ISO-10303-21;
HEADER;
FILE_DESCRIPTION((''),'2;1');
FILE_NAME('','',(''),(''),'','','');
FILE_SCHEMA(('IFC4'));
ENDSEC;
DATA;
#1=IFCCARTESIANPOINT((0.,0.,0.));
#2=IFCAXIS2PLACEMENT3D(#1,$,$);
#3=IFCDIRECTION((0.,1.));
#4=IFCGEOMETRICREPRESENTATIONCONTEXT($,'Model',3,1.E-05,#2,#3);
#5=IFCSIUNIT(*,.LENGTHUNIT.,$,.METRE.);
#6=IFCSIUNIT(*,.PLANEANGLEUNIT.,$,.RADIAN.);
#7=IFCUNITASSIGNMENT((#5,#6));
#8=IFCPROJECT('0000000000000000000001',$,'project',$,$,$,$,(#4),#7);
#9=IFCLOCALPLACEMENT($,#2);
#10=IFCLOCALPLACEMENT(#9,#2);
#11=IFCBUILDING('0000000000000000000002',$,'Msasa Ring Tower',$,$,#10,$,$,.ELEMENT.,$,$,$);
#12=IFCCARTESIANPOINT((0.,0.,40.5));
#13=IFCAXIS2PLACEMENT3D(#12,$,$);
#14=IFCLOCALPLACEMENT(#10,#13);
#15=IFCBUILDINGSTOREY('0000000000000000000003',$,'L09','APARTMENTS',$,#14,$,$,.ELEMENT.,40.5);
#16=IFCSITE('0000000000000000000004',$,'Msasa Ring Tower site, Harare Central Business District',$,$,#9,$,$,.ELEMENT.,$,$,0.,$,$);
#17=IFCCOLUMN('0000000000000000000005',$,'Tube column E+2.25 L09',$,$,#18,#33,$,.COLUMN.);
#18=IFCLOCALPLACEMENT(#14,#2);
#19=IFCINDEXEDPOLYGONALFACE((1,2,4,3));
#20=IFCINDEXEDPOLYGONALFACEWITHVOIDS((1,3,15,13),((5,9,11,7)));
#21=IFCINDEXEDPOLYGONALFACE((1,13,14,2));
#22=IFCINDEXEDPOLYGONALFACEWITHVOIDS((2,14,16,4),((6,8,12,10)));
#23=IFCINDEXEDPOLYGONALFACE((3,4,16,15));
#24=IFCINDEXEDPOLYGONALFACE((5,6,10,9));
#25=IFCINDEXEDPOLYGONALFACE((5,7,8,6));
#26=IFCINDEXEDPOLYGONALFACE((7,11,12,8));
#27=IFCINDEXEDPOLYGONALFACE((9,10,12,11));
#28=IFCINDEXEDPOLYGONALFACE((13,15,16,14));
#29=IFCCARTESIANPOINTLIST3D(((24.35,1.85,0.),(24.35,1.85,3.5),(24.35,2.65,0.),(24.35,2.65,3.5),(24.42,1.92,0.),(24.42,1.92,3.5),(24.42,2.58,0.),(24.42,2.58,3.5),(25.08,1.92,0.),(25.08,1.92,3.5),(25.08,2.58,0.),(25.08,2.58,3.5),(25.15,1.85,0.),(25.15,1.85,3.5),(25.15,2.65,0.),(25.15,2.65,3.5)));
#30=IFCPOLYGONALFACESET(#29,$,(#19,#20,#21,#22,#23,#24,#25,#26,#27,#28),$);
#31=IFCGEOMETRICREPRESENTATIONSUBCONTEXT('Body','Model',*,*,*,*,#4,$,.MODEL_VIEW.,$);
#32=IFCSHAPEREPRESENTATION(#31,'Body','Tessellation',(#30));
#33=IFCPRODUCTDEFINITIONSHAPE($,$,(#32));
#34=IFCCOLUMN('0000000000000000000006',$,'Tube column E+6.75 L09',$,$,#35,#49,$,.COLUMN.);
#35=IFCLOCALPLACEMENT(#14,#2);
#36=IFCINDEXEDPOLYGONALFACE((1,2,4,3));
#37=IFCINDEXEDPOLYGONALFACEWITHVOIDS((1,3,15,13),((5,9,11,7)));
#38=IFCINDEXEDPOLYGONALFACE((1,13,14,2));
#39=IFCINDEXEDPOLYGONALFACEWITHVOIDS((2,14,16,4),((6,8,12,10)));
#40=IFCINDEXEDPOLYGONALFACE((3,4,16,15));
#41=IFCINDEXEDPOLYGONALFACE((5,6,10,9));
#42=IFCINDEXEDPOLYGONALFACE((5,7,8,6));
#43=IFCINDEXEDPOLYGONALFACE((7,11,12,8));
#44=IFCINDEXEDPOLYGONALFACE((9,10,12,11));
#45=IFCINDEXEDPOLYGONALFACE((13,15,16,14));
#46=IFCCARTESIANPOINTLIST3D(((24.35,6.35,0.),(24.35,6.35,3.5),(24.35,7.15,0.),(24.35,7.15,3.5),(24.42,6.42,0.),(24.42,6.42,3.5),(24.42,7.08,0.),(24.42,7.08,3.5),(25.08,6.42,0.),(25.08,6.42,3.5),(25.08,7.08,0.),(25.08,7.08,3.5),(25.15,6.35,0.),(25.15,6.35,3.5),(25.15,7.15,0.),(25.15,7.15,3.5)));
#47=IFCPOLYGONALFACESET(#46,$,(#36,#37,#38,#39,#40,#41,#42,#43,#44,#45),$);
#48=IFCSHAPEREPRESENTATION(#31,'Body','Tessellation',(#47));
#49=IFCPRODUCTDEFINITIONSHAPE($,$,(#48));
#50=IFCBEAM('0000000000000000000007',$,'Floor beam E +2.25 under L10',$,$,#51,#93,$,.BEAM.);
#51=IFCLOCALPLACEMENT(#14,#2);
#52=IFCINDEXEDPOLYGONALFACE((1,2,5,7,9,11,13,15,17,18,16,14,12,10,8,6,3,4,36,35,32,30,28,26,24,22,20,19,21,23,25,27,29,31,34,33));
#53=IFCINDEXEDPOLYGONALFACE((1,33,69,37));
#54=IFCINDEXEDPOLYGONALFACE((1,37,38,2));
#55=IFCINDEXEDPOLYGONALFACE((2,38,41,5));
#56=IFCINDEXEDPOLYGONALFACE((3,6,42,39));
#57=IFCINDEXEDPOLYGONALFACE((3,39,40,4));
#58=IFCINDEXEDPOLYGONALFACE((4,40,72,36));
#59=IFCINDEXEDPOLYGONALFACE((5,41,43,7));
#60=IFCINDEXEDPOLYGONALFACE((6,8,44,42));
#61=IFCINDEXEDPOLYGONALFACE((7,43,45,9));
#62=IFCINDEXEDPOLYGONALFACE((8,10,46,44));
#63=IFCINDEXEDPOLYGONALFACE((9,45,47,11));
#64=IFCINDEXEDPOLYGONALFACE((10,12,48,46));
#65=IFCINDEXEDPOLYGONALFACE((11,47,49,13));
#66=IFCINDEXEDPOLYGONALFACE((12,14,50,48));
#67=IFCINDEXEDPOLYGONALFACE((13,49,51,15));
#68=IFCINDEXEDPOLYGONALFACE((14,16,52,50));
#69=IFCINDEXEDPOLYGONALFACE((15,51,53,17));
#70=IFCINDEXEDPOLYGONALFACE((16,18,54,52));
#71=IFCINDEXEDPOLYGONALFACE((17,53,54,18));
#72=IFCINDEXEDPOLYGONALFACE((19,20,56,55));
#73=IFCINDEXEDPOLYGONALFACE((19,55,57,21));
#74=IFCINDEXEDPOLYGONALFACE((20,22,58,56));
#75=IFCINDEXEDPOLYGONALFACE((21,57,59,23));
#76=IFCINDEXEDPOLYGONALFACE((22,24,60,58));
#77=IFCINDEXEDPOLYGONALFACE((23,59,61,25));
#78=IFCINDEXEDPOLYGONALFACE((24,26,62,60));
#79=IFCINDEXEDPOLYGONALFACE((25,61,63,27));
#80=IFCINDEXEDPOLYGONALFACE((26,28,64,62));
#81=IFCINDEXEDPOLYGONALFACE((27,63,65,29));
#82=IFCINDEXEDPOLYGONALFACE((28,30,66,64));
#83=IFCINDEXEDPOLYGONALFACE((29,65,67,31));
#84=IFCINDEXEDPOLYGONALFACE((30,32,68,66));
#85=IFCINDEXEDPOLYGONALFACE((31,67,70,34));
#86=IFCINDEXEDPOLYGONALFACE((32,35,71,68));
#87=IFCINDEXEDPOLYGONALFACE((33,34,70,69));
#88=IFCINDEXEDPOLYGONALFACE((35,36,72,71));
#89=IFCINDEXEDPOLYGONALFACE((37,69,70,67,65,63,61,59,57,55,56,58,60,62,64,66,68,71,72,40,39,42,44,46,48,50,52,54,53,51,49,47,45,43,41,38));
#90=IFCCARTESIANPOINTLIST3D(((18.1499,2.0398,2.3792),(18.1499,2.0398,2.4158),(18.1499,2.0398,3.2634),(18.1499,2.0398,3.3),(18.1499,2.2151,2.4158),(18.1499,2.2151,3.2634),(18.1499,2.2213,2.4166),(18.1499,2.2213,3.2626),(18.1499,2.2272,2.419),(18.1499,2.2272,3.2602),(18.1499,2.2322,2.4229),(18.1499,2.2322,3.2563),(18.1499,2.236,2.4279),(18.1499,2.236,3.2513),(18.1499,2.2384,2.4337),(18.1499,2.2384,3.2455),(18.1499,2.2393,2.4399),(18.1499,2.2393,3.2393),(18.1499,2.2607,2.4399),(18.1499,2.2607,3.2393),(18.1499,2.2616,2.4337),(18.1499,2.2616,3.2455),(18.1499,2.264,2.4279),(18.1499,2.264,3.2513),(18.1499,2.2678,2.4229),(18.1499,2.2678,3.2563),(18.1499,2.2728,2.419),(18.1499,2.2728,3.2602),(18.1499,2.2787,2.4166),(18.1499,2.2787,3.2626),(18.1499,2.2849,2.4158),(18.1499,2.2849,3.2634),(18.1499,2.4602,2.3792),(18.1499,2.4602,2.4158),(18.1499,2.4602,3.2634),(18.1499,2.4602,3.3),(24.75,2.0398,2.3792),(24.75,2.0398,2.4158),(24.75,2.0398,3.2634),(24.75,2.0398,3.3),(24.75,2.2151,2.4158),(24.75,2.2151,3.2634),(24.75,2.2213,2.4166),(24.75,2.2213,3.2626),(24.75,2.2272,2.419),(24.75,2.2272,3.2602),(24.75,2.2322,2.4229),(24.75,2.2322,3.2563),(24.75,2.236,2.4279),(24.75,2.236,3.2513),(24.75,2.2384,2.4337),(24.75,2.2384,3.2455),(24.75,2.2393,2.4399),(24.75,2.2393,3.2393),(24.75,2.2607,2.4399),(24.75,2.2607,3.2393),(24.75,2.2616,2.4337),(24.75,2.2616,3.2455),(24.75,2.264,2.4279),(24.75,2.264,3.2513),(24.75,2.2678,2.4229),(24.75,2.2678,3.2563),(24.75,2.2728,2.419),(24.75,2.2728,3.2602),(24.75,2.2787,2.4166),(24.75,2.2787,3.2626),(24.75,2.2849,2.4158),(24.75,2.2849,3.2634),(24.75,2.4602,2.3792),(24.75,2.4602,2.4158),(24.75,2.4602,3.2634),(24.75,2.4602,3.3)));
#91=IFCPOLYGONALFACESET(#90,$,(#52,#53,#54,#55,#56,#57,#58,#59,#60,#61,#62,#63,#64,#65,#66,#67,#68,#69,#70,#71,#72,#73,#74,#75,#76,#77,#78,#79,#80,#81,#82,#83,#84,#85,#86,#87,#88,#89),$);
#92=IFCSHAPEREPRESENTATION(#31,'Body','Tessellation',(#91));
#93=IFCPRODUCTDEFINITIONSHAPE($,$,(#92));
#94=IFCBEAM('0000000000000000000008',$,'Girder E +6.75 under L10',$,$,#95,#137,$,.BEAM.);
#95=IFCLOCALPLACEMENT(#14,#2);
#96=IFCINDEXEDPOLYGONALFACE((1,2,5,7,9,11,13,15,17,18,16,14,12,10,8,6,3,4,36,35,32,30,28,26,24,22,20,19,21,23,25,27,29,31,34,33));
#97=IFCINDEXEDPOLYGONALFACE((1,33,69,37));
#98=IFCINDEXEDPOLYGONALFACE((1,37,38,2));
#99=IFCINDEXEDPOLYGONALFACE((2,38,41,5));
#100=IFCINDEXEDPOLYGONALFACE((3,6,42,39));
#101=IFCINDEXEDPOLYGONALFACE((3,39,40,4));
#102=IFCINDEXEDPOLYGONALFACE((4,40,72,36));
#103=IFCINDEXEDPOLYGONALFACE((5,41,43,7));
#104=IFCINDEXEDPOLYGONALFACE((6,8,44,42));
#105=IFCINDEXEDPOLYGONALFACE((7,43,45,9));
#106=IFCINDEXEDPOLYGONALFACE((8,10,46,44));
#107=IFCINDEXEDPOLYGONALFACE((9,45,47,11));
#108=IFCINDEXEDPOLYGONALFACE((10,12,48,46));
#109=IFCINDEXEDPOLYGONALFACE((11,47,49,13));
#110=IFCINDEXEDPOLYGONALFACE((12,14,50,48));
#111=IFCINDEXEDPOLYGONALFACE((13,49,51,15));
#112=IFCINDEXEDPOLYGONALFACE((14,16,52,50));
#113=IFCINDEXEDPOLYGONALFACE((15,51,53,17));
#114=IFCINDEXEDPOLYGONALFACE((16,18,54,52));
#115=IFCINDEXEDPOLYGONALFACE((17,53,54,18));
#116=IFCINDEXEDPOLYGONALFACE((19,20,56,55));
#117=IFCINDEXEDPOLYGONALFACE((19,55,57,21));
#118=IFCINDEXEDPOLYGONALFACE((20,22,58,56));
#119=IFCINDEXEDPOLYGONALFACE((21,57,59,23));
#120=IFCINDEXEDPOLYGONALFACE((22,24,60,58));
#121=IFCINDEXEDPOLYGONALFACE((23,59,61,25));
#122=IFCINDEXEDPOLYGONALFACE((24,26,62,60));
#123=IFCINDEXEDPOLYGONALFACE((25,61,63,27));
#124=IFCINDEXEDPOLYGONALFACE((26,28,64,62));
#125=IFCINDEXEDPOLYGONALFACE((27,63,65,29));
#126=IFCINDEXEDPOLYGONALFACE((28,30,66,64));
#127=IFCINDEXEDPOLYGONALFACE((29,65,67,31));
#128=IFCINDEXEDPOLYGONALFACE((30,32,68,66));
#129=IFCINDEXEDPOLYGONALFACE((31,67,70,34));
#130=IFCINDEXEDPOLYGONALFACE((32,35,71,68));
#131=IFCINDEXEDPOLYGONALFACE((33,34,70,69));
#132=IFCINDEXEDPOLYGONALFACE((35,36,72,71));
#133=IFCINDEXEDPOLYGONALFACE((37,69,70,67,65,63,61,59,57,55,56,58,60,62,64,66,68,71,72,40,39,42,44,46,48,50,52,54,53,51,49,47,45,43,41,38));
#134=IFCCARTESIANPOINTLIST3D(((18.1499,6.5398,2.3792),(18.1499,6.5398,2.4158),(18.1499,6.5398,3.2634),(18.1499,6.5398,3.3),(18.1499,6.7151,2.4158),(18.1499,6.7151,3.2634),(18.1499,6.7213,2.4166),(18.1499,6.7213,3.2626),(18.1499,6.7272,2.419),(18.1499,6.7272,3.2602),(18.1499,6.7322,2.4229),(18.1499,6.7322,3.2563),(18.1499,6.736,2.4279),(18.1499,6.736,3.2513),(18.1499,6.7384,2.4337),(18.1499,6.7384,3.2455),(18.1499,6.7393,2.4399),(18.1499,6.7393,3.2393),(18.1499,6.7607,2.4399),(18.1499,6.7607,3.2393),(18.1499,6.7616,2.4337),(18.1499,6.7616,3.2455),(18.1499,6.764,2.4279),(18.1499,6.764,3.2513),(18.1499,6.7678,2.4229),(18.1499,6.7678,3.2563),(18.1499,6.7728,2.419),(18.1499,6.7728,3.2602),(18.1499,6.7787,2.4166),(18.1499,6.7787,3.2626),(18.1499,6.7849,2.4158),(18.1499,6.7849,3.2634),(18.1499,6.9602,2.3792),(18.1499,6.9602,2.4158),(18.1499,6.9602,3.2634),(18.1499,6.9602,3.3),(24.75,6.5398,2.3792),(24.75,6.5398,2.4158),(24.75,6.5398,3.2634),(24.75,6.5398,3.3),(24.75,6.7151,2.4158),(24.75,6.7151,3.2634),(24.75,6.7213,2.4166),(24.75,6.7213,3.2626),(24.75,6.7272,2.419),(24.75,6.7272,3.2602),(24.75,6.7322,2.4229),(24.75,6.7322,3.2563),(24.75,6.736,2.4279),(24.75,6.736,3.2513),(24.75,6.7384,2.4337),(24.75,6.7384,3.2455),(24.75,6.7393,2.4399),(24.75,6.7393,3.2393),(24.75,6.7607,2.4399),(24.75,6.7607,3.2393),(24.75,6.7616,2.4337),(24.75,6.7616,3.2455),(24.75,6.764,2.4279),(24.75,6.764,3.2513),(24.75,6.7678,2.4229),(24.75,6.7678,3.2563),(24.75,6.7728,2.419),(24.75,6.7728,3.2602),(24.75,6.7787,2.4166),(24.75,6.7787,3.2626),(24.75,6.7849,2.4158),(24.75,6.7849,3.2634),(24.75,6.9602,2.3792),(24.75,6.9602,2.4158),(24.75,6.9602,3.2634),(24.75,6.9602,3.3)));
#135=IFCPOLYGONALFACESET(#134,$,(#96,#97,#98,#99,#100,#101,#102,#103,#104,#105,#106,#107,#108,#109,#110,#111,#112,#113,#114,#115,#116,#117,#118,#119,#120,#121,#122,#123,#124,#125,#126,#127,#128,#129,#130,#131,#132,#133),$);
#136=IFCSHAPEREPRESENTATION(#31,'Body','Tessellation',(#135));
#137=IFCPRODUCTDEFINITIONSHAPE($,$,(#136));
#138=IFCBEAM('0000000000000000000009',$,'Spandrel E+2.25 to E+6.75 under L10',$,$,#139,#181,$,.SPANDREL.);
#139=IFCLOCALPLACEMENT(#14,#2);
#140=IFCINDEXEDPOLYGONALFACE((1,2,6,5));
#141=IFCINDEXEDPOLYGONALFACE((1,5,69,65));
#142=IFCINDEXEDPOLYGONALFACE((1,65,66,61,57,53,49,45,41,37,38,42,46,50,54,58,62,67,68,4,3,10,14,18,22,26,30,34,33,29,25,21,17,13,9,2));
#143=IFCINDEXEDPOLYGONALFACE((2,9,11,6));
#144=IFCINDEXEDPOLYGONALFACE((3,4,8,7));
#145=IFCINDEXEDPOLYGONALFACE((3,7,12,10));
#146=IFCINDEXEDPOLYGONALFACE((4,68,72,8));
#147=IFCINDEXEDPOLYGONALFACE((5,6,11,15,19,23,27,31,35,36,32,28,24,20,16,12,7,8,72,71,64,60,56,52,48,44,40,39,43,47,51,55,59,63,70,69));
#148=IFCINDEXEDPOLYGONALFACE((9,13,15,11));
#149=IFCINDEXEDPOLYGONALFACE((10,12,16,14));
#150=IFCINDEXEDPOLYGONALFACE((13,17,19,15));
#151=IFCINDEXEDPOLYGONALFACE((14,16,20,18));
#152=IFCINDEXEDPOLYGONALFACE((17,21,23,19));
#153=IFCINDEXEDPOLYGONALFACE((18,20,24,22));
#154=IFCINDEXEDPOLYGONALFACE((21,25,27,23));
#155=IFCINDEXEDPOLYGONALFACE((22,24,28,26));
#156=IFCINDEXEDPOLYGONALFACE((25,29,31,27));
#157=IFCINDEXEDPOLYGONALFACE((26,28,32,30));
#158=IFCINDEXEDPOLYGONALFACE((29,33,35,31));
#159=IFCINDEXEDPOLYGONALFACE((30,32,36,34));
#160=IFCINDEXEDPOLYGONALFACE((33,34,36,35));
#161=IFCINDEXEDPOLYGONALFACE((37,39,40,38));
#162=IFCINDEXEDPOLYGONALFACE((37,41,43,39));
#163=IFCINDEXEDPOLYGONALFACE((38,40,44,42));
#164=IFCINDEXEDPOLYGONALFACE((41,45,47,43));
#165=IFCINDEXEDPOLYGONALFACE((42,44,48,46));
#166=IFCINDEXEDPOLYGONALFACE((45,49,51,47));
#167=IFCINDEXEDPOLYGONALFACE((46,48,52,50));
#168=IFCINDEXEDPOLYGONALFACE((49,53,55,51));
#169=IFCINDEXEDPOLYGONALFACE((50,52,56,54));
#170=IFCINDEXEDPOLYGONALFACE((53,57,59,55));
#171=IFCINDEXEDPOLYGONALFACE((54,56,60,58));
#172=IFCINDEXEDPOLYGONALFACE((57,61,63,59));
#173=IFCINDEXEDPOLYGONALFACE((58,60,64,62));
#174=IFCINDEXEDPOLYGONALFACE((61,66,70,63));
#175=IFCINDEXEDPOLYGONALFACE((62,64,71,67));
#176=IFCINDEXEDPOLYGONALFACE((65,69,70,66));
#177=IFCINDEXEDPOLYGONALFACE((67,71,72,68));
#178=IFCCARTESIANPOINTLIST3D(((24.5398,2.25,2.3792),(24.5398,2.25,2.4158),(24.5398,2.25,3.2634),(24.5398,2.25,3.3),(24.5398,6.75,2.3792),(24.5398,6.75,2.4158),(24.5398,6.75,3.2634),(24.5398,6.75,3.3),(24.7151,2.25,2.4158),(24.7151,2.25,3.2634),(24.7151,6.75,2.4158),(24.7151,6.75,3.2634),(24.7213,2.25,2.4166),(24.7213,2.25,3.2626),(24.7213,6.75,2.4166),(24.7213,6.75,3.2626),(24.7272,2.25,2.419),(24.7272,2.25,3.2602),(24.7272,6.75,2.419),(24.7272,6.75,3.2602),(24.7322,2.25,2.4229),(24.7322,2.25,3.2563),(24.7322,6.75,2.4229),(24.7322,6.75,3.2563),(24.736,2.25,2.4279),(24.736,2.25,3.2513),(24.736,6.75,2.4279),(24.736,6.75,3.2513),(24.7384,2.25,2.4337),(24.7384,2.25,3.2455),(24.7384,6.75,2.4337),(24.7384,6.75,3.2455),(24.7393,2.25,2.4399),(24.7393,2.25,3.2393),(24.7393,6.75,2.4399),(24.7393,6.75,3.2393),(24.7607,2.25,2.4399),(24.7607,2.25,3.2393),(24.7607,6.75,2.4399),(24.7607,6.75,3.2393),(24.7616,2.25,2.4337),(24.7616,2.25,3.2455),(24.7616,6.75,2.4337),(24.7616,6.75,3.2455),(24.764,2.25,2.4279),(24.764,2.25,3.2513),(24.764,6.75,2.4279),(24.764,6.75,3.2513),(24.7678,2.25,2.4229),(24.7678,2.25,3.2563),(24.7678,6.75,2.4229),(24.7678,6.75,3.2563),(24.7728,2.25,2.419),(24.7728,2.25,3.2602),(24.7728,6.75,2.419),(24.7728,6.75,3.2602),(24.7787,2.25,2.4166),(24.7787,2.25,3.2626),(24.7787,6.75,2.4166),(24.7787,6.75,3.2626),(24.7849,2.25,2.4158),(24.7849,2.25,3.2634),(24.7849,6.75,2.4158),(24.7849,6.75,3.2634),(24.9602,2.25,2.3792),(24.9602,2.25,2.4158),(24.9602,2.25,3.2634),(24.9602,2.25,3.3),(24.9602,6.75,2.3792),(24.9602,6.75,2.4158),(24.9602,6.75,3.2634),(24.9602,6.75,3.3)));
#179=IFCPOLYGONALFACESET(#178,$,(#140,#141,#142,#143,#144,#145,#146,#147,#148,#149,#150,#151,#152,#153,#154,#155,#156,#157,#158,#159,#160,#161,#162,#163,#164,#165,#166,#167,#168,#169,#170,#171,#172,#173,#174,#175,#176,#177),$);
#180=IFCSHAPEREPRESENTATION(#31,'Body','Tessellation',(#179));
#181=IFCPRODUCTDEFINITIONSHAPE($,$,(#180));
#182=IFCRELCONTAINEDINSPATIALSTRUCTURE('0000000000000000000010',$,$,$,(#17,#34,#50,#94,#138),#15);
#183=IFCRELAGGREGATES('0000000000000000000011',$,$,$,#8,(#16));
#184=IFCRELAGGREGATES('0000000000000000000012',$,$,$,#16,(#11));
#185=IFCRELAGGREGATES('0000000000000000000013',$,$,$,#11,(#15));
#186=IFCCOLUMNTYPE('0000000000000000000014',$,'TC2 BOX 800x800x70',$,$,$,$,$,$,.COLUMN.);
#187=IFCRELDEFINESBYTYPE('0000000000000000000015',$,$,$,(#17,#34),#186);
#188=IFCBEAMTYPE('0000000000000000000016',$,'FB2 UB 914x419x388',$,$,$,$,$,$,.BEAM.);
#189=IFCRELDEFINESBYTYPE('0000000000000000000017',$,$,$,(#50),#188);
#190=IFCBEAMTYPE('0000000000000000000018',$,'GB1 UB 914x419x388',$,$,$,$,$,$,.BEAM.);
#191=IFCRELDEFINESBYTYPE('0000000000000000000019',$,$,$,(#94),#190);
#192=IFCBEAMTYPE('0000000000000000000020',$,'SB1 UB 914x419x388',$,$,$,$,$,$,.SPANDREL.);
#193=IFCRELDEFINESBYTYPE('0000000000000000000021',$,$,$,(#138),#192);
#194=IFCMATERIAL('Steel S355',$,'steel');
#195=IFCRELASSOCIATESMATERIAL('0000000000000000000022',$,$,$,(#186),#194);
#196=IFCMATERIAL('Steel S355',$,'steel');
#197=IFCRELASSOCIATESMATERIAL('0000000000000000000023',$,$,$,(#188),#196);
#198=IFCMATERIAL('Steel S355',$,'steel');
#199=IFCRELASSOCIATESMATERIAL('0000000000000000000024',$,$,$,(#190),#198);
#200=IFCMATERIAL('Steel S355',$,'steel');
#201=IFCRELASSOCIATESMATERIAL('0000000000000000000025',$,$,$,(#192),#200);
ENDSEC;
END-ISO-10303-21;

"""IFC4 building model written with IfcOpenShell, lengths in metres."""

from ifc_helpers import new_model, si_unit, direction, frame, origin, origin_2d, place, context, subcontext, project, spatial, hollow_rectangle, i_section, extrude, material, material_profile, profile_set, type_object, element, save


model = new_model("IFC4")

# Units and contexts
model_context = context("Model", 3, precision=1e-05, world=origin(), true_north=direction((0.0, 1.0)))
body_context = subcontext(model_context, "Body", "Model", "MODEL_VIEW")
ifc_project = project(units=[si_unit("LENGTHUNIT", "METRE"), si_unit("PLANEANGLEUNIT", "RADIAN")], contexts=[model_context])

# Site, building, storey
site_placement = place(None, origin())
site = spatial("IfcSite", under=ifc_project, at=site_placement, Name="Msasa Ring Tower site, Harare Central Business District", CompositionType="ELEMENT", RefElevation=0.0)
building_placement = place(site_placement, origin())
building = spatial("IfcBuilding", under=site, at=building_placement, Name="Msasa Ring Tower", CompositionType="ELEMENT")
storey_placement = place(building_placement, frame((0.0, 0.0, 40.5)))
storey = spatial("IfcBuildingStorey", under=building, at=storey_placement, Name="L09", Description="APARTMENTS", CompositionType="ELEMENT", Elevation=40.5)

# Columns
ifc_material_1 = material(Name="Steel S355", Category="steel")
ifc_material_profile_1 = material_profile(ifc_material_1, hollow_rectangle(XDim=0.8, YDim=0.8, WallThickness=0.0701, at=origin_2d()), Name="BOX 800x800x70")
ifc_profile_set_1 = profile_set([ifc_material_profile_1], Name="Steel S355")
column_type = type_object("IfcColumnType", Name="TC2 BOX 800x800x70", PredefinedType="COLUMN", material=ifc_profile_set_1)
for number, where, z_axis, x_axis, name in (
    (1, (24.75, 2.25, 0.0), (0.0, 0.0, 1.0), (1.0, 0.0, 0.0), "Tube column E+2.25 L09"),
    (2, (24.75, 6.75, 0.0), (0.0, 0.0, 1.0), (1.0, 0.0, 0.0), "Tube column E+6.75 L09"),
):
    element("IfcColumn", number, at=place(storey_placement, frame(where, z_axis=z_axis, x_axis=x_axis)), inside=storey, type_object=column_type, Name=name, PredefinedType="COLUMN", context=body_context, shape_type="SweptSolid", body=[
        extrude(hollow_rectangle(XDim=0.8, YDim=0.8, WallThickness=0.0701, at=origin_2d()), origin(), (0.0, 0.0, 1.0), 3.5),
    ])

# Beams
ifc_material_2 = material(Name="Steel S355", Category="steel")
ifc_material_profile_2 = material_profile(ifc_material_2, i_section(OverallWidth=0.4204, OverallDepth=0.9209, WebThickness=0.0215, FlangeThickness=0.0366, FilletRadius=0.0242, at=origin_2d()), Name="UB 914x419x388")
ifc_profile_set_2 = profile_set([ifc_material_profile_2], Name="Steel S355")
beam_type_1 = type_object("IfcBeamType", Name="FB2 UB 914x419x388", PredefinedType="BEAM", material=ifc_profile_set_2)
beam_1_placement = place(storey_placement, frame((24.75, 2.25, 2.8396), z_axis=(-1.0, 0.0, 0.0), x_axis=(0.0, -1.0, 0.0)))
element("IfcBeam", 3, at=beam_1_placement, inside=storey, type_object=beam_type_1, Name="Floor beam E +2.25 under L10", PredefinedType="BEAM", context=body_context, shape_type="SweptSolid", body=[
    extrude(i_section(OverallWidth=0.4204, OverallDepth=0.9209, WebThickness=0.0215, FlangeThickness=0.0366, FilletRadius=0.0242, at=origin_2d()), origin(), (0.0, 0.0, 1.0), 6.6001),
])
ifc_material_3 = material(Name="Steel S355", Category="steel")
ifc_material_profile_3 = material_profile(ifc_material_3, i_section(OverallWidth=0.4204, OverallDepth=0.9209, WebThickness=0.0215, FlangeThickness=0.0366, FilletRadius=0.0242, at=origin_2d()), Name="UB 914x419x388")
ifc_profile_set_3 = profile_set([ifc_material_profile_3], Name="Steel S355")
beam_type_2 = type_object("IfcBeamType", Name="GB1 UB 914x419x388", PredefinedType="BEAM", material=ifc_profile_set_3)
beam_2_placement = place(storey_placement, frame((18.1499, 6.75, 2.8396), z_axis=(1.0, 0.0, 0.0), x_axis=(0.0, 1.0, 0.0)))
element("IfcBeam", 4, at=beam_2_placement, inside=storey, type_object=beam_type_2, Name="Girder E +6.75 under L10", PredefinedType="BEAM", context=body_context, shape_type="SweptSolid", body=[
    extrude(i_section(OverallWidth=0.4204, OverallDepth=0.9209, WebThickness=0.0215, FlangeThickness=0.0366, FilletRadius=0.0242, at=origin_2d()), origin(), (0.0, 0.0, 1.0), 6.6001),
])
ifc_material_4 = material(Name="Steel S355", Category="steel")
ifc_material_profile_4 = material_profile(ifc_material_4, i_section(OverallWidth=0.4204, OverallDepth=0.9209, WebThickness=0.0215, FlangeThickness=0.0366, FilletRadius=0.0242, at=origin_2d()), Name="UB 914x419x388")
ifc_profile_set_4 = profile_set([ifc_material_profile_4], Name="Steel S355")
beam_type_3 = type_object("IfcBeamType", Name="SB1 UB 914x419x388", PredefinedType="SPANDREL", material=ifc_profile_set_4)
for number, where, z_axis, x_axis, name in (
    (5, (24.75, 2.25, 2.8396), (0.0, 1.0, 0.0), (-1.0, 0.0, 0.0), "Spandrel E+2.25 to E+6.75 under L10"),
):
    element("IfcBeam", number, at=place(storey_placement, frame(where, z_axis=z_axis, x_axis=x_axis)), inside=storey, type_object=beam_type_3, Name=name, PredefinedType="SPANDREL", context=body_context, shape_type="SweptSolid", body=[
        extrude(i_section(OverallWidth=0.4204, OverallDepth=0.9209, WebThickness=0.0215, FlangeThickness=0.0366, FilletRadius=0.0242, at=origin_2d()), origin(), (0.0, 0.0, 1.0), 4.5),
    ])

save(model, "model.ifc")
